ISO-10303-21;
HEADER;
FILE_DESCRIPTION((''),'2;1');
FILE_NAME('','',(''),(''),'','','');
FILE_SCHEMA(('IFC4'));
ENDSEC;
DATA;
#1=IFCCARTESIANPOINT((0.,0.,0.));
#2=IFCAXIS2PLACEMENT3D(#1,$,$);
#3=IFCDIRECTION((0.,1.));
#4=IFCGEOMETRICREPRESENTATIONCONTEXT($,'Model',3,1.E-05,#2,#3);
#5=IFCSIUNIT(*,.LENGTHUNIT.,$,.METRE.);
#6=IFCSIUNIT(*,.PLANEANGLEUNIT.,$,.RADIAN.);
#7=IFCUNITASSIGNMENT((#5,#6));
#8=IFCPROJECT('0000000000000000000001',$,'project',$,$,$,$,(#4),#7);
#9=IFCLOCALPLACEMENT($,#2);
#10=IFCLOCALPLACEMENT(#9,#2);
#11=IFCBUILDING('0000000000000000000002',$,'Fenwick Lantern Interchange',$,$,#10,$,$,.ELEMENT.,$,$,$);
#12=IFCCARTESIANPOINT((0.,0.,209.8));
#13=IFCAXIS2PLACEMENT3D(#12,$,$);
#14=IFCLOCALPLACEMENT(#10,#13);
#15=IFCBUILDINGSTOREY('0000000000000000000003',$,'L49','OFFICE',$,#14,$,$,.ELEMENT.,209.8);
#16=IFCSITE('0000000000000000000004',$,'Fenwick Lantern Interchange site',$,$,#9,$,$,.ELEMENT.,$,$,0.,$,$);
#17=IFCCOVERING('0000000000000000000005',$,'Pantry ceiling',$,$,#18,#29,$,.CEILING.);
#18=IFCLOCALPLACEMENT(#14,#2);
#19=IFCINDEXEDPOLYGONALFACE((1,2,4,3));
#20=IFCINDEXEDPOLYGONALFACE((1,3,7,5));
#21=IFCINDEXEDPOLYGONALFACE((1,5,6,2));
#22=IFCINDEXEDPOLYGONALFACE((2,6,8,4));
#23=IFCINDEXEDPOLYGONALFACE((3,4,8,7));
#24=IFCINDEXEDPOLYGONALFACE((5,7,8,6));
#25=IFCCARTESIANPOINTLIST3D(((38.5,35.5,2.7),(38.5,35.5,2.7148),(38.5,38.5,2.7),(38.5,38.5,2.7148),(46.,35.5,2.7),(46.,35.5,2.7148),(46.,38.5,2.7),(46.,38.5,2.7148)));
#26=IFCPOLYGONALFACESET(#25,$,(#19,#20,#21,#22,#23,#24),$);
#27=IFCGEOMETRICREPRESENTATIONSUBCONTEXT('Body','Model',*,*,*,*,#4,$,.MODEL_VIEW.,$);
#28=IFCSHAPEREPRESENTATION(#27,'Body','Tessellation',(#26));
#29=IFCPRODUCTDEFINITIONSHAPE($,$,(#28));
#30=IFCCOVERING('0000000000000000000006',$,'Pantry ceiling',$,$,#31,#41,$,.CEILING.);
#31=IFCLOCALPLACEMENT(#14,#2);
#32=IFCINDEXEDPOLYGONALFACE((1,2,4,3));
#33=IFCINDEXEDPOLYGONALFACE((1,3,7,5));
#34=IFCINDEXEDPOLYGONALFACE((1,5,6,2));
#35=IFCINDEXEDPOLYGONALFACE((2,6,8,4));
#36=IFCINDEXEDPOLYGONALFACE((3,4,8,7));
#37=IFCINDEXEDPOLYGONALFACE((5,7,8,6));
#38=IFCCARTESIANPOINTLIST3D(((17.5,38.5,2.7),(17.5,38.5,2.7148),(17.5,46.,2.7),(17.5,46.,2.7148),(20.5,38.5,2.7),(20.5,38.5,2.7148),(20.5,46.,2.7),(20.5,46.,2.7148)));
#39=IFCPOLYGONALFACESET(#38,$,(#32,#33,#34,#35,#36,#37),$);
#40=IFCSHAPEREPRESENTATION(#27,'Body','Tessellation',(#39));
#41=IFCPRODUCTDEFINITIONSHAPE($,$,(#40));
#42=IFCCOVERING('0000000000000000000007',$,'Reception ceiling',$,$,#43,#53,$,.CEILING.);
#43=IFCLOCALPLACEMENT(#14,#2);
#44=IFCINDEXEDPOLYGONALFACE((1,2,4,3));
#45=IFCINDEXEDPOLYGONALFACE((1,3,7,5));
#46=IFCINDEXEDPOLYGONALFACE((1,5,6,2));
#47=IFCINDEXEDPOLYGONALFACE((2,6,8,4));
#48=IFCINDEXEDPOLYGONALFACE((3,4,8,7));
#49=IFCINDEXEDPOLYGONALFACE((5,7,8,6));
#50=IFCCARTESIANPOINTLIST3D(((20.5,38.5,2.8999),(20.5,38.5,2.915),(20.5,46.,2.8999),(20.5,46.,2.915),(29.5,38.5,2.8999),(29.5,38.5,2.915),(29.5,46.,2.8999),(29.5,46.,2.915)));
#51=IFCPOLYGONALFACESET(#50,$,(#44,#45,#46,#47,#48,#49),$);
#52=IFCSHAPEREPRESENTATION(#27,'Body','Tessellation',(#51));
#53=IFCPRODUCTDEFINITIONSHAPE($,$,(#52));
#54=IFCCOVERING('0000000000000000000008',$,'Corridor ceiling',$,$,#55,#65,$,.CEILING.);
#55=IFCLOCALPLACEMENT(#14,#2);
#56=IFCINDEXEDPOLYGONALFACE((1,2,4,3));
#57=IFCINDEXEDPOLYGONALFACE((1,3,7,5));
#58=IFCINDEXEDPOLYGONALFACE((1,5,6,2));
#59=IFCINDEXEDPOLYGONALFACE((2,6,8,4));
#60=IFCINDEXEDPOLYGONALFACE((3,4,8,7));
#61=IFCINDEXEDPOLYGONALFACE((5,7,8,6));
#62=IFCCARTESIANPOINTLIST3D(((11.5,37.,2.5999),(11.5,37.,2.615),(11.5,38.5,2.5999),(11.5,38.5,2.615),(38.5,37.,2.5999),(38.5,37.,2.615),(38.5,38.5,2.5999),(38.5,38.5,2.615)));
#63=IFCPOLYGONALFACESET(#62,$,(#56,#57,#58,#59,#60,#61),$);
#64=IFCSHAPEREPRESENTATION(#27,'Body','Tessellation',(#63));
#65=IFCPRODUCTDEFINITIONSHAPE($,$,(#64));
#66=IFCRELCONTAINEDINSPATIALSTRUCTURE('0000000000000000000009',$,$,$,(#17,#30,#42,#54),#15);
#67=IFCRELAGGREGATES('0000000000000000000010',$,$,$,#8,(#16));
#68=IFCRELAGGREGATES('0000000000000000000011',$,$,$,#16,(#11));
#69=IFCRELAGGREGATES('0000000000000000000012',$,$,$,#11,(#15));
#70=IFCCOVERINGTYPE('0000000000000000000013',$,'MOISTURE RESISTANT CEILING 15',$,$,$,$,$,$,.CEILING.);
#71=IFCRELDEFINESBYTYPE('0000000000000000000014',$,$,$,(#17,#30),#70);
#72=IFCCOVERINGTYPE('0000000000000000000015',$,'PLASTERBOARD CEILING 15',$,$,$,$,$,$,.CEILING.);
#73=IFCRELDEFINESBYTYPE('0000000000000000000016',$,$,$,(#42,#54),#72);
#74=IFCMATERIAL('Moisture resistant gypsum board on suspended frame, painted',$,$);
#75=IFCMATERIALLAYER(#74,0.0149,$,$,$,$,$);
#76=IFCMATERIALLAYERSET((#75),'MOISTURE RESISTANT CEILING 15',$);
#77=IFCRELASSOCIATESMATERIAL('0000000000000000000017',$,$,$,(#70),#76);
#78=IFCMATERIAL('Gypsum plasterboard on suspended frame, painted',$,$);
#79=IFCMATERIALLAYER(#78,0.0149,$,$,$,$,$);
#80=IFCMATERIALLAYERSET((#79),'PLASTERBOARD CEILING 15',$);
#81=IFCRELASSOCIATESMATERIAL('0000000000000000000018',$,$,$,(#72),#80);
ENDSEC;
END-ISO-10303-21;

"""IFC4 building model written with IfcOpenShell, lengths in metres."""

from ifc_helpers import new_model, si_unit, direction, frame, origin, place, context, subcontext, project, spatial, polyline, outline, extrude, material, layer, layer_set, type_object, element, save


model = new_model("IFC4")

# Units and contexts
model_context = context("Model", 3, precision=1e-05, world=origin(), true_north=direction((0.0, 1.0)))
body_context = subcontext(model_context, "Body", "Model", "MODEL_VIEW")
ifc_project = project(units=[si_unit("LENGTHUNIT", "METRE"), si_unit("PLANEANGLEUNIT", "RADIAN")], contexts=[model_context])

# Site, building, storey
site_placement = place(None, origin())
site = spatial("IfcSite", under=ifc_project, at=site_placement, Name="Fenwick Lantern Interchange site", CompositionType="ELEMENT", RefElevation=0.0)
building_placement = place(site_placement, origin())
building = spatial("IfcBuilding", under=site, at=building_placement, Name="Fenwick Lantern Interchange", CompositionType="ELEMENT")
storey_placement = place(building_placement, frame((0.0, 0.0, 209.8)))
storey = spatial("IfcBuildingStorey", under=building, at=storey_placement, Name="L49", Description="OFFICE", CompositionType="ELEMENT", Elevation=209.8)

# Coverings
ifc_material_1 = material(Name="Moisture resistant gypsum board on suspended frame, painted")
ifc_layer_1 = layer(ifc_material_1, 0.0149)
ifc_layer_set_1 = layer_set([ifc_layer_1], Name="MOISTURE RESISTANT CEILING 15")
covering_type_1 = type_object("IfcCoveringType", Name="MOISTURE RESISTANT CEILING 15", PredefinedType="CEILING", material=ifc_layer_set_1)
covering_1_placement = place(storey_placement, frame((0.0, 0.0, 2.7)))
element("IfcCovering", 1, at=covering_1_placement, inside=storey, type_object=covering_type_1, Name="Pantry ceiling", PredefinedType="CEILING", context=body_context, shape_type="SweptSolid", body=[
    extrude(outline(polyline([(46.0, 35.5), (46.0, 38.5), (38.5, 38.5), (38.5, 35.5), (46.0, 35.5)])), origin(), (0.0, 0.0, 1.0), 0.0149),
])
covering_2_placement = place(storey_placement, frame((0.0, 0.0, 2.7)))
element("IfcCovering", 2, at=covering_2_placement, inside=storey, type_object=covering_type_1, Name="Pantry ceiling", PredefinedType="CEILING", context=body_context, shape_type="SweptSolid", body=[
    extrude(outline(polyline([(20.5, 46.0), (17.5, 46.0), (17.5, 38.5), (20.5, 38.5), (20.5, 46.0)])), origin(), (0.0, 0.0, 1.0), 0.0149),
])
ifc_material_2 = material(Name="Gypsum plasterboard on suspended frame, painted")
ifc_layer_2 = layer(ifc_material_2, 0.0149)
ifc_layer_set_2 = layer_set([ifc_layer_2], Name="PLASTERBOARD CEILING 15")
covering_type_2 = type_object("IfcCoveringType", Name="PLASTERBOARD CEILING 15", PredefinedType="CEILING", material=ifc_layer_set_2)
covering_3_placement = place(storey_placement, frame((0.0, 0.0, 2.8999)))
element("IfcCovering", 3, at=covering_3_placement, inside=storey, type_object=covering_type_2, Name="Reception ceiling", PredefinedType="CEILING", context=body_context, shape_type="SweptSolid", body=[
    extrude(outline(polyline([(29.5, 46.0), (20.5, 46.0), (20.5, 38.5), (29.5, 38.5), (29.5, 46.0)])), origin(), (0.0, 0.0, 1.0), 0.0151),
])
covering_4_placement = place(storey_placement, frame((0.0, 0.0, 2.5999)))
element("IfcCovering", 4, at=covering_4_placement, inside=storey, type_object=covering_type_2, Name="Corridor ceiling", PredefinedType="CEILING", context=body_context, shape_type="SweptSolid", body=[
    extrude(outline(polyline([(11.5, 38.5), (11.5, 37.0), (38.5, 37.0), (38.5, 38.5), (11.5, 38.5)])), origin(), (0.0, 0.0, 1.0), 0.0151),
])

save(model, "model.ifc")
